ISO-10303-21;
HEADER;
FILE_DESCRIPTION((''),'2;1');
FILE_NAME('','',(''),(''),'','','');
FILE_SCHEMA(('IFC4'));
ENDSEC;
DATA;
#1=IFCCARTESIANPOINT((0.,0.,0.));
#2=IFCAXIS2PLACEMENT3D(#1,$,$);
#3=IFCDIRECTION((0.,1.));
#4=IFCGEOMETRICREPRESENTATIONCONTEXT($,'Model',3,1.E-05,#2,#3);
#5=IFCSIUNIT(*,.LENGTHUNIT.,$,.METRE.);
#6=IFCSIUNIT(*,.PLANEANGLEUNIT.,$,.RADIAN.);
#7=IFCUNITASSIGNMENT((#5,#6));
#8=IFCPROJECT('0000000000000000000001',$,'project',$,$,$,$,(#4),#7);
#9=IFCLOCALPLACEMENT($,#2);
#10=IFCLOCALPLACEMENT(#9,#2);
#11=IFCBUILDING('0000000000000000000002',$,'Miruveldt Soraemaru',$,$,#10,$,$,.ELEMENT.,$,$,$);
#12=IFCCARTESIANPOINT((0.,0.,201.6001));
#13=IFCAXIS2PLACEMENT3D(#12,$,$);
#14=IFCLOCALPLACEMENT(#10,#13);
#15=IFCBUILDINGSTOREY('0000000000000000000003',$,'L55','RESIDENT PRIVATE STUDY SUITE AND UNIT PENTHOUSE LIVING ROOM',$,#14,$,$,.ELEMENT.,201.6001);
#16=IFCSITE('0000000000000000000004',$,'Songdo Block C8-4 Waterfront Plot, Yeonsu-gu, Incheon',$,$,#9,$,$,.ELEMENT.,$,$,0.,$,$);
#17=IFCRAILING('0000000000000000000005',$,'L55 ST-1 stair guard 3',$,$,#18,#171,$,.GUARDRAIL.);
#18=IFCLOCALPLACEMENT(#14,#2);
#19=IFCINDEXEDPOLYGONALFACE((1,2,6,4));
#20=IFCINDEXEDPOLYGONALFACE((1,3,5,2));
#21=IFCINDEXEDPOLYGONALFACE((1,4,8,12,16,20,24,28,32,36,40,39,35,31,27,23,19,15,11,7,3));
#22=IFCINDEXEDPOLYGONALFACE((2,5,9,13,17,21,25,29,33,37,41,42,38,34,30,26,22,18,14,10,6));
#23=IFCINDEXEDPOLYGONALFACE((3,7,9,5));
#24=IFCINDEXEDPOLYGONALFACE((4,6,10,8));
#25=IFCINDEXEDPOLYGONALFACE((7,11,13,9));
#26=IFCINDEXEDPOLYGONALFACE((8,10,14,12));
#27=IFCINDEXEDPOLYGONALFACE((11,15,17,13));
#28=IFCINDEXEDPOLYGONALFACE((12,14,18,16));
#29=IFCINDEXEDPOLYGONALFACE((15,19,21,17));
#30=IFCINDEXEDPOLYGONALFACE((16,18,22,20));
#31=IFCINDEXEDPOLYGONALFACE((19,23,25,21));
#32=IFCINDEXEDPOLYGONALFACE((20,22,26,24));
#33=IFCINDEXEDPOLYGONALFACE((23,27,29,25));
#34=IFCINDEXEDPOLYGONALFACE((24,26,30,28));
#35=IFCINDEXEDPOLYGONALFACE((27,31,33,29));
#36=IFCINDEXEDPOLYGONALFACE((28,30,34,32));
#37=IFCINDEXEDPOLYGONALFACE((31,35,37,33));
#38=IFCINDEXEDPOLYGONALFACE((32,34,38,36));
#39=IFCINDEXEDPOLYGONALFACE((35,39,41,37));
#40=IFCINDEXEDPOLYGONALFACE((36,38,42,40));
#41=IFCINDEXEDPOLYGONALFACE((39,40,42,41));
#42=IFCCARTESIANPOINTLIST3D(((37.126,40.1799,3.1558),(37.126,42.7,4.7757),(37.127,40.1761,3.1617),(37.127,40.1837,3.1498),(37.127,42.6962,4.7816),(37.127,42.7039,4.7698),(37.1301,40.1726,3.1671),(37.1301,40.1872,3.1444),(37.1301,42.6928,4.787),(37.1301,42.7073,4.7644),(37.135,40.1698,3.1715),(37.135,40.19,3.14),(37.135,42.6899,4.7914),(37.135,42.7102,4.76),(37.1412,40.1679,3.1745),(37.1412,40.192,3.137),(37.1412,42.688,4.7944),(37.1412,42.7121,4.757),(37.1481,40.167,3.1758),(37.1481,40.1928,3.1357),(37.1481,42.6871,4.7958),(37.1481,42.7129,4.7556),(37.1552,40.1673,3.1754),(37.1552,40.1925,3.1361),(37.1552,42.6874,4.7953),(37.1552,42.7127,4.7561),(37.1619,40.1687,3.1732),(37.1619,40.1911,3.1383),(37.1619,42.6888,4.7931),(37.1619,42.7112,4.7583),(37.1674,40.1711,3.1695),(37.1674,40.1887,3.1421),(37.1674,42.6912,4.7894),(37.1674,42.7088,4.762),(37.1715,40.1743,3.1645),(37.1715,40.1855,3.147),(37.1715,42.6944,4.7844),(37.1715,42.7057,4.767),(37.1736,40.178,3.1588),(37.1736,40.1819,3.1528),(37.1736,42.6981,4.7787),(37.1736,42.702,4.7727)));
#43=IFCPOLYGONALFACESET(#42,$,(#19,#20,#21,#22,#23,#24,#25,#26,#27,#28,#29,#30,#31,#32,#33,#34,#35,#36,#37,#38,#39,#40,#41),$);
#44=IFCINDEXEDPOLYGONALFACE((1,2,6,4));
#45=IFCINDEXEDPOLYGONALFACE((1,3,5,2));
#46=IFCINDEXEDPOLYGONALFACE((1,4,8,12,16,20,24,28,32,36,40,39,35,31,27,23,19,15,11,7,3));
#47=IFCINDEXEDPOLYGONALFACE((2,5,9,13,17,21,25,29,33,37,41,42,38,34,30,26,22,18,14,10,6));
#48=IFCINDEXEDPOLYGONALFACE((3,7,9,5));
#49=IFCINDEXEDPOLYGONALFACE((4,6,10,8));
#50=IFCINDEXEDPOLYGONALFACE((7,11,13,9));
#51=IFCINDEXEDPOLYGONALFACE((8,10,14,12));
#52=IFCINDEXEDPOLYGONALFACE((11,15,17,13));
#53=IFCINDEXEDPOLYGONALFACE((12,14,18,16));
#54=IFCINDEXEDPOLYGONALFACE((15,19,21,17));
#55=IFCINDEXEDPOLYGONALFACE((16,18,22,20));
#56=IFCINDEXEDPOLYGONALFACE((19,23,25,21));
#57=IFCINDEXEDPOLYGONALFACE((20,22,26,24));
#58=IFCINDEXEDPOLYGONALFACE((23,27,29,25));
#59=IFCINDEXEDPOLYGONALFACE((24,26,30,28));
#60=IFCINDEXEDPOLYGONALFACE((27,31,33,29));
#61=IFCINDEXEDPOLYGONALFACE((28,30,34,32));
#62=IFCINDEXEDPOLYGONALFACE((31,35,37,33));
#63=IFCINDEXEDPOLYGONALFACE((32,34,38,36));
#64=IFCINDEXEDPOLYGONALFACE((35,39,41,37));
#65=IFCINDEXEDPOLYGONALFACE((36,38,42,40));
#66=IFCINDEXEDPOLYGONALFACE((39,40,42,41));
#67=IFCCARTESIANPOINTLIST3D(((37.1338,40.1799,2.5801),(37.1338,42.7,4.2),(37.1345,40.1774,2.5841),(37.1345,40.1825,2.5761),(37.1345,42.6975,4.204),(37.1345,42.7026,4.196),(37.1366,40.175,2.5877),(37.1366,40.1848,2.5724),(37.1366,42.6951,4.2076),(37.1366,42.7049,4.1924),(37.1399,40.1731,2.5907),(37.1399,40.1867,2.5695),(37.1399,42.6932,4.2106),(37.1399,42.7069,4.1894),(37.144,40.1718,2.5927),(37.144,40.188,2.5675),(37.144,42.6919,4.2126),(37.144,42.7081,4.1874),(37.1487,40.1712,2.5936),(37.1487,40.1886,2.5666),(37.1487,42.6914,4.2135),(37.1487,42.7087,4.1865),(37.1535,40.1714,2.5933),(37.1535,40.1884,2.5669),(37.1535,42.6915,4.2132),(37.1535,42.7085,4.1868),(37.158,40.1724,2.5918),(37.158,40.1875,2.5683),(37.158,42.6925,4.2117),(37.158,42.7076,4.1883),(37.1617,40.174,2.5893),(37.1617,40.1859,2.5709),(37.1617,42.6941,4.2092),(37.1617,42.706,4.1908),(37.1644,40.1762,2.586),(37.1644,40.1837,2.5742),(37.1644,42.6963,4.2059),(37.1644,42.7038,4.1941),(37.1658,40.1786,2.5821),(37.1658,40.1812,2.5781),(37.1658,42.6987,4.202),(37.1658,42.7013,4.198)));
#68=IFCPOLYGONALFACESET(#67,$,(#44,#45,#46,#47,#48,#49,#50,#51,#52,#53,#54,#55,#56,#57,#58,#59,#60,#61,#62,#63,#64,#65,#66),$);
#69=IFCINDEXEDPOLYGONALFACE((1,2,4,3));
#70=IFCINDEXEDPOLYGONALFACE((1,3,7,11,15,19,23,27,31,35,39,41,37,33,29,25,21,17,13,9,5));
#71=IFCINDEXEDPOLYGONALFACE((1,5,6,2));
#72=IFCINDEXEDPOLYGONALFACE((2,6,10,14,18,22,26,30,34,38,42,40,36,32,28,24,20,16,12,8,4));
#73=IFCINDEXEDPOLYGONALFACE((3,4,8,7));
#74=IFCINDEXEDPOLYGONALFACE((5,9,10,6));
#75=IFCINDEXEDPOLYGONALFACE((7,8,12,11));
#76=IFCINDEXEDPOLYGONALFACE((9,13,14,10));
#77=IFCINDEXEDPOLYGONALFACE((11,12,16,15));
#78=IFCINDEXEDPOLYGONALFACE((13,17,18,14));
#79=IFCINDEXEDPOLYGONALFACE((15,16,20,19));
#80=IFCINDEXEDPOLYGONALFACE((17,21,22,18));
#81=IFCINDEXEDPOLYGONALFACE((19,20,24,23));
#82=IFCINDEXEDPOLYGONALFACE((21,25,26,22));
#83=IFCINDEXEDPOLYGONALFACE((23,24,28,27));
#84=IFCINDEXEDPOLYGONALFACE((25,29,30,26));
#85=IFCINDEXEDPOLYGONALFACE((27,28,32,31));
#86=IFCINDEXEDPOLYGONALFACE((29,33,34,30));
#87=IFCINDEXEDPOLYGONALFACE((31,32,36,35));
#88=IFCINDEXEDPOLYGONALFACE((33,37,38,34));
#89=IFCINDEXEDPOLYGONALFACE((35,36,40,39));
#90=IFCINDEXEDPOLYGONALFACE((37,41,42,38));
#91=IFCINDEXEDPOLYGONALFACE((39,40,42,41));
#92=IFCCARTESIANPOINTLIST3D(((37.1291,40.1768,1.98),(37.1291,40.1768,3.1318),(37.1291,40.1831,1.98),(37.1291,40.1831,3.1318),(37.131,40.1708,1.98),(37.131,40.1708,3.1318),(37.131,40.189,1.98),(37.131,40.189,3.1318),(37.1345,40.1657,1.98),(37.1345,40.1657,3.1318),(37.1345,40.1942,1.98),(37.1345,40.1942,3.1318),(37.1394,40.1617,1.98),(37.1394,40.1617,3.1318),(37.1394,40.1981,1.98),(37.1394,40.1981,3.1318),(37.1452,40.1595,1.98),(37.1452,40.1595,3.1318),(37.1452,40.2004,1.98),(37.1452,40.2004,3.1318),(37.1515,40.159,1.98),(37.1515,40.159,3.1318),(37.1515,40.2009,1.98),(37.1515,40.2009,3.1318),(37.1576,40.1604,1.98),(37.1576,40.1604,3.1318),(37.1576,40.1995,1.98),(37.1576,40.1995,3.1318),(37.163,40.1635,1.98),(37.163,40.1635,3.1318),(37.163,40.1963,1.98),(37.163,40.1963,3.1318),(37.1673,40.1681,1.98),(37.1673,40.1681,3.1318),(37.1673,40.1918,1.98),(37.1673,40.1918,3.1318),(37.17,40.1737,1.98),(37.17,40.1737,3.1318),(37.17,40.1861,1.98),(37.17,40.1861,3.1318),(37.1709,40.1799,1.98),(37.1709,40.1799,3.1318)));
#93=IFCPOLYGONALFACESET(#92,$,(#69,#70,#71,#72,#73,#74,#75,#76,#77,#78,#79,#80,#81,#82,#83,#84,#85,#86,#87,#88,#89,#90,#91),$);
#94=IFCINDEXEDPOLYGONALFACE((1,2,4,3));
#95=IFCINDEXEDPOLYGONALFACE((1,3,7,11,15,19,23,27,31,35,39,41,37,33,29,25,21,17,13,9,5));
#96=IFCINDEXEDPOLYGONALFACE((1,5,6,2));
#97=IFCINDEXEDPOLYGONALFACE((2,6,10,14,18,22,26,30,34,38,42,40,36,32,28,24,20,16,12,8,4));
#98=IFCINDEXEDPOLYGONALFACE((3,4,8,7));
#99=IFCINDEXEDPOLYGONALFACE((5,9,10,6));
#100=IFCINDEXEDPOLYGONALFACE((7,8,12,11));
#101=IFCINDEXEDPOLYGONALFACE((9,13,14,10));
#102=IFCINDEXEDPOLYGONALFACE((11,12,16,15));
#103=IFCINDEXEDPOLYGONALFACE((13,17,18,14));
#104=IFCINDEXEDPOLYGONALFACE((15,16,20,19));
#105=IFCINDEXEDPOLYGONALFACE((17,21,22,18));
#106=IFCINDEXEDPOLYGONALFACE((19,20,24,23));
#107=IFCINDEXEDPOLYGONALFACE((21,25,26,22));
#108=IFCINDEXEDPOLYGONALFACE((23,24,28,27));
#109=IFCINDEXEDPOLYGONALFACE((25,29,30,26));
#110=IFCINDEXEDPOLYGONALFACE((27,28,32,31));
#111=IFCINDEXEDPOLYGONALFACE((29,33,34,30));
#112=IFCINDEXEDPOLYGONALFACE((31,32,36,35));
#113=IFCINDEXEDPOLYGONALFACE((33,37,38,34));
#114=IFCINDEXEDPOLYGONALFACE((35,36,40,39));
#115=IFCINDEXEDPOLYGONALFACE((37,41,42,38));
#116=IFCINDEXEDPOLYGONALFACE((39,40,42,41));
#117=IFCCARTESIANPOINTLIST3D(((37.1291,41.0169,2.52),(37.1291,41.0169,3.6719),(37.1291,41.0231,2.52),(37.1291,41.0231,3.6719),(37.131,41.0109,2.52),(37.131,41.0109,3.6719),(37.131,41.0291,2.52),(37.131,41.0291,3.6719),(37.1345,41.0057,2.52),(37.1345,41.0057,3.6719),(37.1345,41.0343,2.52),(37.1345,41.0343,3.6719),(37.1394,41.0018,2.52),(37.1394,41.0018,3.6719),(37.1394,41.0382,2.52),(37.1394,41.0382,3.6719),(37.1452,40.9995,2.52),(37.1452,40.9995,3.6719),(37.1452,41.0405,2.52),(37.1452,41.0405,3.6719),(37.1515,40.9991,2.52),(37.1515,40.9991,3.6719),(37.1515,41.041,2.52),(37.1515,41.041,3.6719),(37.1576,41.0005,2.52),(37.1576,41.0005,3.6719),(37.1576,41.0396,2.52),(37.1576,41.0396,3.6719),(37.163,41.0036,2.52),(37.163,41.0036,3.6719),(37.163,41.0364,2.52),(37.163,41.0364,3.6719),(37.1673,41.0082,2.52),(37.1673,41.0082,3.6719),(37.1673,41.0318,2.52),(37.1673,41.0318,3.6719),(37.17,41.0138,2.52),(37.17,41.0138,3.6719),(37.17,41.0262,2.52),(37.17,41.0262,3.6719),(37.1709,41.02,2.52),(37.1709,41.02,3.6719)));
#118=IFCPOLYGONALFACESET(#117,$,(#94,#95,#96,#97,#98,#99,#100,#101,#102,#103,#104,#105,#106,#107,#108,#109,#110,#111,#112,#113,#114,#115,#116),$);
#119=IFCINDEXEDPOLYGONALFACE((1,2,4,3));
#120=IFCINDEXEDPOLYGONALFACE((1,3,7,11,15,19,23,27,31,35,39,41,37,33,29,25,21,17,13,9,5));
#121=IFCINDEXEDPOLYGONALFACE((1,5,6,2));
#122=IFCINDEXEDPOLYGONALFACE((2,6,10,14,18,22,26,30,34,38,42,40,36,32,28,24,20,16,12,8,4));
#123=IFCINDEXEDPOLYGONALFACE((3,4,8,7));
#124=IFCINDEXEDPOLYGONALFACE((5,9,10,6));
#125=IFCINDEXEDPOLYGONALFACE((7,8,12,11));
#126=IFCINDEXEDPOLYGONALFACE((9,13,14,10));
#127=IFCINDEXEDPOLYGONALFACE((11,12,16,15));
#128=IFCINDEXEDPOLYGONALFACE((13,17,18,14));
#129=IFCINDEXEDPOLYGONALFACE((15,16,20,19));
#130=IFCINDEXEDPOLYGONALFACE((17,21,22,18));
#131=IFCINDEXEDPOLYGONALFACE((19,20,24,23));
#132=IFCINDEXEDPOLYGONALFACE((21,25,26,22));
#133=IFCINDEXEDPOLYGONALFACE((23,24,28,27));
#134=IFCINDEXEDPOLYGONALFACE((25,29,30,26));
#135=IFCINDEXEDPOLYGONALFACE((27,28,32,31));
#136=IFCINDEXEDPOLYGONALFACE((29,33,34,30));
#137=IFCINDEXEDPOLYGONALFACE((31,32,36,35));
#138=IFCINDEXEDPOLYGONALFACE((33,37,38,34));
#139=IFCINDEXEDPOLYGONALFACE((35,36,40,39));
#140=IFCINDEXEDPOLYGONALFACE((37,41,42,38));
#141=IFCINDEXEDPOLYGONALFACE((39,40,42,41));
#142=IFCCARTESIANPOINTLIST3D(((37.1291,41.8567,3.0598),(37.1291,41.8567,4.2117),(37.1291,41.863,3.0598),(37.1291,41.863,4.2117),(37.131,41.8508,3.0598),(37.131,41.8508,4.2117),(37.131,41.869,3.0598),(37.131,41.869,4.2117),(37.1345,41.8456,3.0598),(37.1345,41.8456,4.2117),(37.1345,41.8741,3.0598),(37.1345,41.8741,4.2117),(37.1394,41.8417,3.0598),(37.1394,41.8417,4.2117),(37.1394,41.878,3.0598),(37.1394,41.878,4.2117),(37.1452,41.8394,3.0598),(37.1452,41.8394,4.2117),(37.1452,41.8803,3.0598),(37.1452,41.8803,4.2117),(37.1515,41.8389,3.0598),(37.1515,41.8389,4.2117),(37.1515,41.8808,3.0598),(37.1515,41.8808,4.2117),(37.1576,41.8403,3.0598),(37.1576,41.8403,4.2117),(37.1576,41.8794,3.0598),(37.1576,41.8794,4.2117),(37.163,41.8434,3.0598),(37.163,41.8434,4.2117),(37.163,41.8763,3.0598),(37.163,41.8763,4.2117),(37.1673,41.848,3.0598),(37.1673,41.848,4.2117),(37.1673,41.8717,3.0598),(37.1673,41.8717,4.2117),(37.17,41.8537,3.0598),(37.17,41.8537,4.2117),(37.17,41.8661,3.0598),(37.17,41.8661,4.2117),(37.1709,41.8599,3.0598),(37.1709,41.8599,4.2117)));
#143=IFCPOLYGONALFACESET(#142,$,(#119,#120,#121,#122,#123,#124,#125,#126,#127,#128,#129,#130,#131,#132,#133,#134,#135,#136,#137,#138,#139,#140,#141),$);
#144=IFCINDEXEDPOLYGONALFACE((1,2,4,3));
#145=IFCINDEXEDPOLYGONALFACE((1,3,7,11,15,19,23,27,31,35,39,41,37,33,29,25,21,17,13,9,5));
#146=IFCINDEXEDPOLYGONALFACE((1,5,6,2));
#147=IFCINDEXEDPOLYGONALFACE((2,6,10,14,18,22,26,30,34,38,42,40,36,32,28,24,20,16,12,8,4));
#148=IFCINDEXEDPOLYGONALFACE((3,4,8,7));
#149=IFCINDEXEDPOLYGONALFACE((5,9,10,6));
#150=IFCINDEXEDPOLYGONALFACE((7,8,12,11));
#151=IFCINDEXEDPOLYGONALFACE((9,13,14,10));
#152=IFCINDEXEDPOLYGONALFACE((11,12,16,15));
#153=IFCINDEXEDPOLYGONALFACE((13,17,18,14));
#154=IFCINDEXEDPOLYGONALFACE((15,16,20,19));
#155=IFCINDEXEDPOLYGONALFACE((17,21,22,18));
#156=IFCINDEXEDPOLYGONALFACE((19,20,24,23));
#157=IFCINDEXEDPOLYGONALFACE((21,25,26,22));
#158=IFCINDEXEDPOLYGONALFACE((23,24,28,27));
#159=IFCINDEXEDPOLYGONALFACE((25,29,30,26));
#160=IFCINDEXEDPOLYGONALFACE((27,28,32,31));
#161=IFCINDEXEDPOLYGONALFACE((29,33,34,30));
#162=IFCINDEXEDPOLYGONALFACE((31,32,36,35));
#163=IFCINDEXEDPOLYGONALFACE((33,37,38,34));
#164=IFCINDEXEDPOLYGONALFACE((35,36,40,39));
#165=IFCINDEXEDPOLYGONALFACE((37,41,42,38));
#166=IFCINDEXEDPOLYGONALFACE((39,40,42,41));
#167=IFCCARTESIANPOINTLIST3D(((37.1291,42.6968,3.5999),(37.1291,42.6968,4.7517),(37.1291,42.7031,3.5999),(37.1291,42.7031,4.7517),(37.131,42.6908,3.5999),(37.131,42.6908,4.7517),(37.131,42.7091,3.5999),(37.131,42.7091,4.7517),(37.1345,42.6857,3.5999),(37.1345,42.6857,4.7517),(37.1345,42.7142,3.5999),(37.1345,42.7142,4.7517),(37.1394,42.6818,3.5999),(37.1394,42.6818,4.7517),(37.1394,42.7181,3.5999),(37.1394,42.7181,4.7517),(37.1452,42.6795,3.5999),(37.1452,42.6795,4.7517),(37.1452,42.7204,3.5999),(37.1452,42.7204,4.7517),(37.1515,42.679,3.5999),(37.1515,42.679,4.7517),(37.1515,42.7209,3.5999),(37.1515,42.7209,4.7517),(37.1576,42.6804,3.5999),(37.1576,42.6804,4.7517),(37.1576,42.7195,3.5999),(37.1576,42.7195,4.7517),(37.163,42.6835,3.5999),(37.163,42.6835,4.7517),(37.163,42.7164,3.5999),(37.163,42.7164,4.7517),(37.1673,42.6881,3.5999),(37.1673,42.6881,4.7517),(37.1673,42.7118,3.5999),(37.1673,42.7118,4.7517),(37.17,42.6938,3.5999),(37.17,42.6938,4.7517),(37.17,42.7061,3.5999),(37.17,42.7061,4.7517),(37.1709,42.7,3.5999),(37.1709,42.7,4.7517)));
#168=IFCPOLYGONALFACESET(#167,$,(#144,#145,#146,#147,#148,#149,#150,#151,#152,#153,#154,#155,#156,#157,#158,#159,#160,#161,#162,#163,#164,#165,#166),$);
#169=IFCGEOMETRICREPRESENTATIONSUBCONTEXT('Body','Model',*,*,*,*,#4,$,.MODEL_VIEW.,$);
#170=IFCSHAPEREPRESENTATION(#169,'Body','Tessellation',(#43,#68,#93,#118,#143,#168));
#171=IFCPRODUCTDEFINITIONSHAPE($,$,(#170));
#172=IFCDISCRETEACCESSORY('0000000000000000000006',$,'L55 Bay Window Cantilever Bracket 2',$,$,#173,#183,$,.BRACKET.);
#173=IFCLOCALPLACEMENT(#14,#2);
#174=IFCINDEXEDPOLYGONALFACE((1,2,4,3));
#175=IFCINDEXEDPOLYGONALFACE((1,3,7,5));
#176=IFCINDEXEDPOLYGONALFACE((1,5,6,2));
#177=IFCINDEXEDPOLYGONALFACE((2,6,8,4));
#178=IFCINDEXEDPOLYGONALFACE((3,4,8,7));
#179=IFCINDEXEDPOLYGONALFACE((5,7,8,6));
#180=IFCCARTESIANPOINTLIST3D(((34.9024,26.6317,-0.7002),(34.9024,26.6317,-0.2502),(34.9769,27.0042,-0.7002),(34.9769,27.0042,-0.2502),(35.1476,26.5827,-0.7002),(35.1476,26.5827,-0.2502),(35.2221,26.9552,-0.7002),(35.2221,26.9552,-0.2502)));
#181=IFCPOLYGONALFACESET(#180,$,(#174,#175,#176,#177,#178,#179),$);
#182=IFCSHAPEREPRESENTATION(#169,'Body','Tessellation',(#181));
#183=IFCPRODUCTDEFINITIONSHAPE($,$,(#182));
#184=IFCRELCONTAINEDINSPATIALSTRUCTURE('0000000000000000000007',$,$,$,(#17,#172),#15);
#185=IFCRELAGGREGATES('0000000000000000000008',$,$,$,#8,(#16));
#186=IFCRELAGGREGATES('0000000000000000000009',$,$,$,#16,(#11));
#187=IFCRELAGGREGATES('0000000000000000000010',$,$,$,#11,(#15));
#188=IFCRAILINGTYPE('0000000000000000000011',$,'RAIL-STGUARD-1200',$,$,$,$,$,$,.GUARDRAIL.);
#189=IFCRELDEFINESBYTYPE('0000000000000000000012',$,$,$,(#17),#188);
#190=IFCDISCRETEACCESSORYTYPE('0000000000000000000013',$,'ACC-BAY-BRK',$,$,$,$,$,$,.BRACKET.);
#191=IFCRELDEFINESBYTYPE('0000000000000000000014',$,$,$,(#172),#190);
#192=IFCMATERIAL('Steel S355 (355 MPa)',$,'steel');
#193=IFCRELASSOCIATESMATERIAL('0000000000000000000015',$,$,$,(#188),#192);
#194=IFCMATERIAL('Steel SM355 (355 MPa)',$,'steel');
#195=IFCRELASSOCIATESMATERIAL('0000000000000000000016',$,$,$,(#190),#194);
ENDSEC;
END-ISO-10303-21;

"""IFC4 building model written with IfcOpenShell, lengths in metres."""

from ifc_helpers import new_model, si_unit, direction, frame, origin, origin_2d, place, context, subcontext, project, spatial, rectangle, circle, extrude, material, type_object, element, save


model = new_model("IFC4")

# Units and contexts
model_context = context("Model", 3, precision=1e-05, world=origin(), true_north=direction((0.0, 1.0)))
body_context = subcontext(model_context, "Body", "Model", "MODEL_VIEW")
ifc_project = project(units=[si_unit("LENGTHUNIT", "METRE"), si_unit("PLANEANGLEUNIT", "RADIAN")], contexts=[model_context])

# Site, building, storey
site_placement = place(None, origin())
site = spatial("IfcSite", under=ifc_project, at=site_placement, Name="Songdo Block C8-4 Waterfront Plot, Yeonsu-gu, Incheon", CompositionType="ELEMENT", RefElevation=0.0)
building_placement = place(site_placement, origin())
building = spatial("IfcBuilding", under=site, at=building_placement, Name="Miruveldt Soraemaru", CompositionType="ELEMENT")
storey_placement = place(building_placement, frame((0.0, 0.0, 201.6001)))
storey = spatial("IfcBuildingStorey", under=building, at=storey_placement, Name="L55", Description="RESIDENT PRIVATE STUDY SUITE AND UNIT PENTHOUSE LIVING ROOM", CompositionType="ELEMENT", Elevation=201.6001)

# Shared definitions
ifc_material_1 = material(Name="Steel SM355 (355 MPa)", Category="steel")

# Railing
ifc_material_2 = material(Name="Steel S355 (355 MPa)", Category="steel")
railing_type_1 = type_object("IfcRailingType", Name="RAIL-STGUARD-1200", PredefinedType="GUARDRAIL", material=ifc_material_2)
railing_1_placement = place(storey_placement, frame((37.1499, 40.1799, 1.98)))
element("IfcRailing", 1, at=railing_1_placement, inside=storey, type_object=railing_type_1, Name="L55 ST-1 stair guard 3", PredefinedType="GUARDRAIL", context=body_context, shape_type="SweptSolid", body=[
    extrude(circle(Radius=0.0239, at=origin_2d()), frame((0.0, 0.0, 1.1758), z_axis=(0.0, 0.8412, 0.540725), x_axis=(-1.0, 0.0, 0.0)), (0.0, 0.0, 1.0), 2.9958),
    extrude(circle(Radius=0.0161, at=origin_2d()), frame((0.0, 0.0, 0.6001), z_axis=(0.0, 0.8412, 0.540725), x_axis=(-1.0, 0.0, 0.0)), (0.0, 0.0, 1.0), 2.9958),
    extrude(circle(Radius=0.021, at=origin_2d()), origin(), (0.0, 0.0, 1.0), 1.1519),
    extrude(circle(Radius=0.021, at=origin_2d()), frame((0.0, 0.8401, 0.54)), (0.0, 0.0, 1.0), 1.1519),
    extrude(circle(Radius=0.021, at=origin_2d()), frame((0.0, 1.6799, 1.0798)), (0.0, 0.0, 1.0), 1.1519),
    extrude(circle(Radius=0.021, at=origin_2d()), frame((0.0, 2.52, 1.6199)), (0.0, 0.0, 1.0), 1.1519),
])

# Discrete accessory
discrete_accessory_type = type_object("IfcDiscreteAccessoryType", Name="ACC-BAY-BRK", PredefinedType="BRACKET", material=ifc_material_1)
discrete_accessory_placement = place(storey_placement, frame((35.0623, 26.7935, -0.7002), z_axis=(0.0, 0.0, 1.0), x_axis=(-0.196117, -0.98058, 0.0)))
element("IfcDiscreteAccessory", 2, at=discrete_accessory_placement, inside=storey, type_object=discrete_accessory_type, Name="L55 Bay Window Cantilever Bracket 2", PredefinedType="BRACKET", context=body_context, shape_type="SweptSolid", body=[
    extrude(rectangle(XDim=0.3799, YDim=0.25, at=origin_2d()), origin(), (0.0, 0.0, 1.0), 0.45),
])

save(model, "model.ifc")
